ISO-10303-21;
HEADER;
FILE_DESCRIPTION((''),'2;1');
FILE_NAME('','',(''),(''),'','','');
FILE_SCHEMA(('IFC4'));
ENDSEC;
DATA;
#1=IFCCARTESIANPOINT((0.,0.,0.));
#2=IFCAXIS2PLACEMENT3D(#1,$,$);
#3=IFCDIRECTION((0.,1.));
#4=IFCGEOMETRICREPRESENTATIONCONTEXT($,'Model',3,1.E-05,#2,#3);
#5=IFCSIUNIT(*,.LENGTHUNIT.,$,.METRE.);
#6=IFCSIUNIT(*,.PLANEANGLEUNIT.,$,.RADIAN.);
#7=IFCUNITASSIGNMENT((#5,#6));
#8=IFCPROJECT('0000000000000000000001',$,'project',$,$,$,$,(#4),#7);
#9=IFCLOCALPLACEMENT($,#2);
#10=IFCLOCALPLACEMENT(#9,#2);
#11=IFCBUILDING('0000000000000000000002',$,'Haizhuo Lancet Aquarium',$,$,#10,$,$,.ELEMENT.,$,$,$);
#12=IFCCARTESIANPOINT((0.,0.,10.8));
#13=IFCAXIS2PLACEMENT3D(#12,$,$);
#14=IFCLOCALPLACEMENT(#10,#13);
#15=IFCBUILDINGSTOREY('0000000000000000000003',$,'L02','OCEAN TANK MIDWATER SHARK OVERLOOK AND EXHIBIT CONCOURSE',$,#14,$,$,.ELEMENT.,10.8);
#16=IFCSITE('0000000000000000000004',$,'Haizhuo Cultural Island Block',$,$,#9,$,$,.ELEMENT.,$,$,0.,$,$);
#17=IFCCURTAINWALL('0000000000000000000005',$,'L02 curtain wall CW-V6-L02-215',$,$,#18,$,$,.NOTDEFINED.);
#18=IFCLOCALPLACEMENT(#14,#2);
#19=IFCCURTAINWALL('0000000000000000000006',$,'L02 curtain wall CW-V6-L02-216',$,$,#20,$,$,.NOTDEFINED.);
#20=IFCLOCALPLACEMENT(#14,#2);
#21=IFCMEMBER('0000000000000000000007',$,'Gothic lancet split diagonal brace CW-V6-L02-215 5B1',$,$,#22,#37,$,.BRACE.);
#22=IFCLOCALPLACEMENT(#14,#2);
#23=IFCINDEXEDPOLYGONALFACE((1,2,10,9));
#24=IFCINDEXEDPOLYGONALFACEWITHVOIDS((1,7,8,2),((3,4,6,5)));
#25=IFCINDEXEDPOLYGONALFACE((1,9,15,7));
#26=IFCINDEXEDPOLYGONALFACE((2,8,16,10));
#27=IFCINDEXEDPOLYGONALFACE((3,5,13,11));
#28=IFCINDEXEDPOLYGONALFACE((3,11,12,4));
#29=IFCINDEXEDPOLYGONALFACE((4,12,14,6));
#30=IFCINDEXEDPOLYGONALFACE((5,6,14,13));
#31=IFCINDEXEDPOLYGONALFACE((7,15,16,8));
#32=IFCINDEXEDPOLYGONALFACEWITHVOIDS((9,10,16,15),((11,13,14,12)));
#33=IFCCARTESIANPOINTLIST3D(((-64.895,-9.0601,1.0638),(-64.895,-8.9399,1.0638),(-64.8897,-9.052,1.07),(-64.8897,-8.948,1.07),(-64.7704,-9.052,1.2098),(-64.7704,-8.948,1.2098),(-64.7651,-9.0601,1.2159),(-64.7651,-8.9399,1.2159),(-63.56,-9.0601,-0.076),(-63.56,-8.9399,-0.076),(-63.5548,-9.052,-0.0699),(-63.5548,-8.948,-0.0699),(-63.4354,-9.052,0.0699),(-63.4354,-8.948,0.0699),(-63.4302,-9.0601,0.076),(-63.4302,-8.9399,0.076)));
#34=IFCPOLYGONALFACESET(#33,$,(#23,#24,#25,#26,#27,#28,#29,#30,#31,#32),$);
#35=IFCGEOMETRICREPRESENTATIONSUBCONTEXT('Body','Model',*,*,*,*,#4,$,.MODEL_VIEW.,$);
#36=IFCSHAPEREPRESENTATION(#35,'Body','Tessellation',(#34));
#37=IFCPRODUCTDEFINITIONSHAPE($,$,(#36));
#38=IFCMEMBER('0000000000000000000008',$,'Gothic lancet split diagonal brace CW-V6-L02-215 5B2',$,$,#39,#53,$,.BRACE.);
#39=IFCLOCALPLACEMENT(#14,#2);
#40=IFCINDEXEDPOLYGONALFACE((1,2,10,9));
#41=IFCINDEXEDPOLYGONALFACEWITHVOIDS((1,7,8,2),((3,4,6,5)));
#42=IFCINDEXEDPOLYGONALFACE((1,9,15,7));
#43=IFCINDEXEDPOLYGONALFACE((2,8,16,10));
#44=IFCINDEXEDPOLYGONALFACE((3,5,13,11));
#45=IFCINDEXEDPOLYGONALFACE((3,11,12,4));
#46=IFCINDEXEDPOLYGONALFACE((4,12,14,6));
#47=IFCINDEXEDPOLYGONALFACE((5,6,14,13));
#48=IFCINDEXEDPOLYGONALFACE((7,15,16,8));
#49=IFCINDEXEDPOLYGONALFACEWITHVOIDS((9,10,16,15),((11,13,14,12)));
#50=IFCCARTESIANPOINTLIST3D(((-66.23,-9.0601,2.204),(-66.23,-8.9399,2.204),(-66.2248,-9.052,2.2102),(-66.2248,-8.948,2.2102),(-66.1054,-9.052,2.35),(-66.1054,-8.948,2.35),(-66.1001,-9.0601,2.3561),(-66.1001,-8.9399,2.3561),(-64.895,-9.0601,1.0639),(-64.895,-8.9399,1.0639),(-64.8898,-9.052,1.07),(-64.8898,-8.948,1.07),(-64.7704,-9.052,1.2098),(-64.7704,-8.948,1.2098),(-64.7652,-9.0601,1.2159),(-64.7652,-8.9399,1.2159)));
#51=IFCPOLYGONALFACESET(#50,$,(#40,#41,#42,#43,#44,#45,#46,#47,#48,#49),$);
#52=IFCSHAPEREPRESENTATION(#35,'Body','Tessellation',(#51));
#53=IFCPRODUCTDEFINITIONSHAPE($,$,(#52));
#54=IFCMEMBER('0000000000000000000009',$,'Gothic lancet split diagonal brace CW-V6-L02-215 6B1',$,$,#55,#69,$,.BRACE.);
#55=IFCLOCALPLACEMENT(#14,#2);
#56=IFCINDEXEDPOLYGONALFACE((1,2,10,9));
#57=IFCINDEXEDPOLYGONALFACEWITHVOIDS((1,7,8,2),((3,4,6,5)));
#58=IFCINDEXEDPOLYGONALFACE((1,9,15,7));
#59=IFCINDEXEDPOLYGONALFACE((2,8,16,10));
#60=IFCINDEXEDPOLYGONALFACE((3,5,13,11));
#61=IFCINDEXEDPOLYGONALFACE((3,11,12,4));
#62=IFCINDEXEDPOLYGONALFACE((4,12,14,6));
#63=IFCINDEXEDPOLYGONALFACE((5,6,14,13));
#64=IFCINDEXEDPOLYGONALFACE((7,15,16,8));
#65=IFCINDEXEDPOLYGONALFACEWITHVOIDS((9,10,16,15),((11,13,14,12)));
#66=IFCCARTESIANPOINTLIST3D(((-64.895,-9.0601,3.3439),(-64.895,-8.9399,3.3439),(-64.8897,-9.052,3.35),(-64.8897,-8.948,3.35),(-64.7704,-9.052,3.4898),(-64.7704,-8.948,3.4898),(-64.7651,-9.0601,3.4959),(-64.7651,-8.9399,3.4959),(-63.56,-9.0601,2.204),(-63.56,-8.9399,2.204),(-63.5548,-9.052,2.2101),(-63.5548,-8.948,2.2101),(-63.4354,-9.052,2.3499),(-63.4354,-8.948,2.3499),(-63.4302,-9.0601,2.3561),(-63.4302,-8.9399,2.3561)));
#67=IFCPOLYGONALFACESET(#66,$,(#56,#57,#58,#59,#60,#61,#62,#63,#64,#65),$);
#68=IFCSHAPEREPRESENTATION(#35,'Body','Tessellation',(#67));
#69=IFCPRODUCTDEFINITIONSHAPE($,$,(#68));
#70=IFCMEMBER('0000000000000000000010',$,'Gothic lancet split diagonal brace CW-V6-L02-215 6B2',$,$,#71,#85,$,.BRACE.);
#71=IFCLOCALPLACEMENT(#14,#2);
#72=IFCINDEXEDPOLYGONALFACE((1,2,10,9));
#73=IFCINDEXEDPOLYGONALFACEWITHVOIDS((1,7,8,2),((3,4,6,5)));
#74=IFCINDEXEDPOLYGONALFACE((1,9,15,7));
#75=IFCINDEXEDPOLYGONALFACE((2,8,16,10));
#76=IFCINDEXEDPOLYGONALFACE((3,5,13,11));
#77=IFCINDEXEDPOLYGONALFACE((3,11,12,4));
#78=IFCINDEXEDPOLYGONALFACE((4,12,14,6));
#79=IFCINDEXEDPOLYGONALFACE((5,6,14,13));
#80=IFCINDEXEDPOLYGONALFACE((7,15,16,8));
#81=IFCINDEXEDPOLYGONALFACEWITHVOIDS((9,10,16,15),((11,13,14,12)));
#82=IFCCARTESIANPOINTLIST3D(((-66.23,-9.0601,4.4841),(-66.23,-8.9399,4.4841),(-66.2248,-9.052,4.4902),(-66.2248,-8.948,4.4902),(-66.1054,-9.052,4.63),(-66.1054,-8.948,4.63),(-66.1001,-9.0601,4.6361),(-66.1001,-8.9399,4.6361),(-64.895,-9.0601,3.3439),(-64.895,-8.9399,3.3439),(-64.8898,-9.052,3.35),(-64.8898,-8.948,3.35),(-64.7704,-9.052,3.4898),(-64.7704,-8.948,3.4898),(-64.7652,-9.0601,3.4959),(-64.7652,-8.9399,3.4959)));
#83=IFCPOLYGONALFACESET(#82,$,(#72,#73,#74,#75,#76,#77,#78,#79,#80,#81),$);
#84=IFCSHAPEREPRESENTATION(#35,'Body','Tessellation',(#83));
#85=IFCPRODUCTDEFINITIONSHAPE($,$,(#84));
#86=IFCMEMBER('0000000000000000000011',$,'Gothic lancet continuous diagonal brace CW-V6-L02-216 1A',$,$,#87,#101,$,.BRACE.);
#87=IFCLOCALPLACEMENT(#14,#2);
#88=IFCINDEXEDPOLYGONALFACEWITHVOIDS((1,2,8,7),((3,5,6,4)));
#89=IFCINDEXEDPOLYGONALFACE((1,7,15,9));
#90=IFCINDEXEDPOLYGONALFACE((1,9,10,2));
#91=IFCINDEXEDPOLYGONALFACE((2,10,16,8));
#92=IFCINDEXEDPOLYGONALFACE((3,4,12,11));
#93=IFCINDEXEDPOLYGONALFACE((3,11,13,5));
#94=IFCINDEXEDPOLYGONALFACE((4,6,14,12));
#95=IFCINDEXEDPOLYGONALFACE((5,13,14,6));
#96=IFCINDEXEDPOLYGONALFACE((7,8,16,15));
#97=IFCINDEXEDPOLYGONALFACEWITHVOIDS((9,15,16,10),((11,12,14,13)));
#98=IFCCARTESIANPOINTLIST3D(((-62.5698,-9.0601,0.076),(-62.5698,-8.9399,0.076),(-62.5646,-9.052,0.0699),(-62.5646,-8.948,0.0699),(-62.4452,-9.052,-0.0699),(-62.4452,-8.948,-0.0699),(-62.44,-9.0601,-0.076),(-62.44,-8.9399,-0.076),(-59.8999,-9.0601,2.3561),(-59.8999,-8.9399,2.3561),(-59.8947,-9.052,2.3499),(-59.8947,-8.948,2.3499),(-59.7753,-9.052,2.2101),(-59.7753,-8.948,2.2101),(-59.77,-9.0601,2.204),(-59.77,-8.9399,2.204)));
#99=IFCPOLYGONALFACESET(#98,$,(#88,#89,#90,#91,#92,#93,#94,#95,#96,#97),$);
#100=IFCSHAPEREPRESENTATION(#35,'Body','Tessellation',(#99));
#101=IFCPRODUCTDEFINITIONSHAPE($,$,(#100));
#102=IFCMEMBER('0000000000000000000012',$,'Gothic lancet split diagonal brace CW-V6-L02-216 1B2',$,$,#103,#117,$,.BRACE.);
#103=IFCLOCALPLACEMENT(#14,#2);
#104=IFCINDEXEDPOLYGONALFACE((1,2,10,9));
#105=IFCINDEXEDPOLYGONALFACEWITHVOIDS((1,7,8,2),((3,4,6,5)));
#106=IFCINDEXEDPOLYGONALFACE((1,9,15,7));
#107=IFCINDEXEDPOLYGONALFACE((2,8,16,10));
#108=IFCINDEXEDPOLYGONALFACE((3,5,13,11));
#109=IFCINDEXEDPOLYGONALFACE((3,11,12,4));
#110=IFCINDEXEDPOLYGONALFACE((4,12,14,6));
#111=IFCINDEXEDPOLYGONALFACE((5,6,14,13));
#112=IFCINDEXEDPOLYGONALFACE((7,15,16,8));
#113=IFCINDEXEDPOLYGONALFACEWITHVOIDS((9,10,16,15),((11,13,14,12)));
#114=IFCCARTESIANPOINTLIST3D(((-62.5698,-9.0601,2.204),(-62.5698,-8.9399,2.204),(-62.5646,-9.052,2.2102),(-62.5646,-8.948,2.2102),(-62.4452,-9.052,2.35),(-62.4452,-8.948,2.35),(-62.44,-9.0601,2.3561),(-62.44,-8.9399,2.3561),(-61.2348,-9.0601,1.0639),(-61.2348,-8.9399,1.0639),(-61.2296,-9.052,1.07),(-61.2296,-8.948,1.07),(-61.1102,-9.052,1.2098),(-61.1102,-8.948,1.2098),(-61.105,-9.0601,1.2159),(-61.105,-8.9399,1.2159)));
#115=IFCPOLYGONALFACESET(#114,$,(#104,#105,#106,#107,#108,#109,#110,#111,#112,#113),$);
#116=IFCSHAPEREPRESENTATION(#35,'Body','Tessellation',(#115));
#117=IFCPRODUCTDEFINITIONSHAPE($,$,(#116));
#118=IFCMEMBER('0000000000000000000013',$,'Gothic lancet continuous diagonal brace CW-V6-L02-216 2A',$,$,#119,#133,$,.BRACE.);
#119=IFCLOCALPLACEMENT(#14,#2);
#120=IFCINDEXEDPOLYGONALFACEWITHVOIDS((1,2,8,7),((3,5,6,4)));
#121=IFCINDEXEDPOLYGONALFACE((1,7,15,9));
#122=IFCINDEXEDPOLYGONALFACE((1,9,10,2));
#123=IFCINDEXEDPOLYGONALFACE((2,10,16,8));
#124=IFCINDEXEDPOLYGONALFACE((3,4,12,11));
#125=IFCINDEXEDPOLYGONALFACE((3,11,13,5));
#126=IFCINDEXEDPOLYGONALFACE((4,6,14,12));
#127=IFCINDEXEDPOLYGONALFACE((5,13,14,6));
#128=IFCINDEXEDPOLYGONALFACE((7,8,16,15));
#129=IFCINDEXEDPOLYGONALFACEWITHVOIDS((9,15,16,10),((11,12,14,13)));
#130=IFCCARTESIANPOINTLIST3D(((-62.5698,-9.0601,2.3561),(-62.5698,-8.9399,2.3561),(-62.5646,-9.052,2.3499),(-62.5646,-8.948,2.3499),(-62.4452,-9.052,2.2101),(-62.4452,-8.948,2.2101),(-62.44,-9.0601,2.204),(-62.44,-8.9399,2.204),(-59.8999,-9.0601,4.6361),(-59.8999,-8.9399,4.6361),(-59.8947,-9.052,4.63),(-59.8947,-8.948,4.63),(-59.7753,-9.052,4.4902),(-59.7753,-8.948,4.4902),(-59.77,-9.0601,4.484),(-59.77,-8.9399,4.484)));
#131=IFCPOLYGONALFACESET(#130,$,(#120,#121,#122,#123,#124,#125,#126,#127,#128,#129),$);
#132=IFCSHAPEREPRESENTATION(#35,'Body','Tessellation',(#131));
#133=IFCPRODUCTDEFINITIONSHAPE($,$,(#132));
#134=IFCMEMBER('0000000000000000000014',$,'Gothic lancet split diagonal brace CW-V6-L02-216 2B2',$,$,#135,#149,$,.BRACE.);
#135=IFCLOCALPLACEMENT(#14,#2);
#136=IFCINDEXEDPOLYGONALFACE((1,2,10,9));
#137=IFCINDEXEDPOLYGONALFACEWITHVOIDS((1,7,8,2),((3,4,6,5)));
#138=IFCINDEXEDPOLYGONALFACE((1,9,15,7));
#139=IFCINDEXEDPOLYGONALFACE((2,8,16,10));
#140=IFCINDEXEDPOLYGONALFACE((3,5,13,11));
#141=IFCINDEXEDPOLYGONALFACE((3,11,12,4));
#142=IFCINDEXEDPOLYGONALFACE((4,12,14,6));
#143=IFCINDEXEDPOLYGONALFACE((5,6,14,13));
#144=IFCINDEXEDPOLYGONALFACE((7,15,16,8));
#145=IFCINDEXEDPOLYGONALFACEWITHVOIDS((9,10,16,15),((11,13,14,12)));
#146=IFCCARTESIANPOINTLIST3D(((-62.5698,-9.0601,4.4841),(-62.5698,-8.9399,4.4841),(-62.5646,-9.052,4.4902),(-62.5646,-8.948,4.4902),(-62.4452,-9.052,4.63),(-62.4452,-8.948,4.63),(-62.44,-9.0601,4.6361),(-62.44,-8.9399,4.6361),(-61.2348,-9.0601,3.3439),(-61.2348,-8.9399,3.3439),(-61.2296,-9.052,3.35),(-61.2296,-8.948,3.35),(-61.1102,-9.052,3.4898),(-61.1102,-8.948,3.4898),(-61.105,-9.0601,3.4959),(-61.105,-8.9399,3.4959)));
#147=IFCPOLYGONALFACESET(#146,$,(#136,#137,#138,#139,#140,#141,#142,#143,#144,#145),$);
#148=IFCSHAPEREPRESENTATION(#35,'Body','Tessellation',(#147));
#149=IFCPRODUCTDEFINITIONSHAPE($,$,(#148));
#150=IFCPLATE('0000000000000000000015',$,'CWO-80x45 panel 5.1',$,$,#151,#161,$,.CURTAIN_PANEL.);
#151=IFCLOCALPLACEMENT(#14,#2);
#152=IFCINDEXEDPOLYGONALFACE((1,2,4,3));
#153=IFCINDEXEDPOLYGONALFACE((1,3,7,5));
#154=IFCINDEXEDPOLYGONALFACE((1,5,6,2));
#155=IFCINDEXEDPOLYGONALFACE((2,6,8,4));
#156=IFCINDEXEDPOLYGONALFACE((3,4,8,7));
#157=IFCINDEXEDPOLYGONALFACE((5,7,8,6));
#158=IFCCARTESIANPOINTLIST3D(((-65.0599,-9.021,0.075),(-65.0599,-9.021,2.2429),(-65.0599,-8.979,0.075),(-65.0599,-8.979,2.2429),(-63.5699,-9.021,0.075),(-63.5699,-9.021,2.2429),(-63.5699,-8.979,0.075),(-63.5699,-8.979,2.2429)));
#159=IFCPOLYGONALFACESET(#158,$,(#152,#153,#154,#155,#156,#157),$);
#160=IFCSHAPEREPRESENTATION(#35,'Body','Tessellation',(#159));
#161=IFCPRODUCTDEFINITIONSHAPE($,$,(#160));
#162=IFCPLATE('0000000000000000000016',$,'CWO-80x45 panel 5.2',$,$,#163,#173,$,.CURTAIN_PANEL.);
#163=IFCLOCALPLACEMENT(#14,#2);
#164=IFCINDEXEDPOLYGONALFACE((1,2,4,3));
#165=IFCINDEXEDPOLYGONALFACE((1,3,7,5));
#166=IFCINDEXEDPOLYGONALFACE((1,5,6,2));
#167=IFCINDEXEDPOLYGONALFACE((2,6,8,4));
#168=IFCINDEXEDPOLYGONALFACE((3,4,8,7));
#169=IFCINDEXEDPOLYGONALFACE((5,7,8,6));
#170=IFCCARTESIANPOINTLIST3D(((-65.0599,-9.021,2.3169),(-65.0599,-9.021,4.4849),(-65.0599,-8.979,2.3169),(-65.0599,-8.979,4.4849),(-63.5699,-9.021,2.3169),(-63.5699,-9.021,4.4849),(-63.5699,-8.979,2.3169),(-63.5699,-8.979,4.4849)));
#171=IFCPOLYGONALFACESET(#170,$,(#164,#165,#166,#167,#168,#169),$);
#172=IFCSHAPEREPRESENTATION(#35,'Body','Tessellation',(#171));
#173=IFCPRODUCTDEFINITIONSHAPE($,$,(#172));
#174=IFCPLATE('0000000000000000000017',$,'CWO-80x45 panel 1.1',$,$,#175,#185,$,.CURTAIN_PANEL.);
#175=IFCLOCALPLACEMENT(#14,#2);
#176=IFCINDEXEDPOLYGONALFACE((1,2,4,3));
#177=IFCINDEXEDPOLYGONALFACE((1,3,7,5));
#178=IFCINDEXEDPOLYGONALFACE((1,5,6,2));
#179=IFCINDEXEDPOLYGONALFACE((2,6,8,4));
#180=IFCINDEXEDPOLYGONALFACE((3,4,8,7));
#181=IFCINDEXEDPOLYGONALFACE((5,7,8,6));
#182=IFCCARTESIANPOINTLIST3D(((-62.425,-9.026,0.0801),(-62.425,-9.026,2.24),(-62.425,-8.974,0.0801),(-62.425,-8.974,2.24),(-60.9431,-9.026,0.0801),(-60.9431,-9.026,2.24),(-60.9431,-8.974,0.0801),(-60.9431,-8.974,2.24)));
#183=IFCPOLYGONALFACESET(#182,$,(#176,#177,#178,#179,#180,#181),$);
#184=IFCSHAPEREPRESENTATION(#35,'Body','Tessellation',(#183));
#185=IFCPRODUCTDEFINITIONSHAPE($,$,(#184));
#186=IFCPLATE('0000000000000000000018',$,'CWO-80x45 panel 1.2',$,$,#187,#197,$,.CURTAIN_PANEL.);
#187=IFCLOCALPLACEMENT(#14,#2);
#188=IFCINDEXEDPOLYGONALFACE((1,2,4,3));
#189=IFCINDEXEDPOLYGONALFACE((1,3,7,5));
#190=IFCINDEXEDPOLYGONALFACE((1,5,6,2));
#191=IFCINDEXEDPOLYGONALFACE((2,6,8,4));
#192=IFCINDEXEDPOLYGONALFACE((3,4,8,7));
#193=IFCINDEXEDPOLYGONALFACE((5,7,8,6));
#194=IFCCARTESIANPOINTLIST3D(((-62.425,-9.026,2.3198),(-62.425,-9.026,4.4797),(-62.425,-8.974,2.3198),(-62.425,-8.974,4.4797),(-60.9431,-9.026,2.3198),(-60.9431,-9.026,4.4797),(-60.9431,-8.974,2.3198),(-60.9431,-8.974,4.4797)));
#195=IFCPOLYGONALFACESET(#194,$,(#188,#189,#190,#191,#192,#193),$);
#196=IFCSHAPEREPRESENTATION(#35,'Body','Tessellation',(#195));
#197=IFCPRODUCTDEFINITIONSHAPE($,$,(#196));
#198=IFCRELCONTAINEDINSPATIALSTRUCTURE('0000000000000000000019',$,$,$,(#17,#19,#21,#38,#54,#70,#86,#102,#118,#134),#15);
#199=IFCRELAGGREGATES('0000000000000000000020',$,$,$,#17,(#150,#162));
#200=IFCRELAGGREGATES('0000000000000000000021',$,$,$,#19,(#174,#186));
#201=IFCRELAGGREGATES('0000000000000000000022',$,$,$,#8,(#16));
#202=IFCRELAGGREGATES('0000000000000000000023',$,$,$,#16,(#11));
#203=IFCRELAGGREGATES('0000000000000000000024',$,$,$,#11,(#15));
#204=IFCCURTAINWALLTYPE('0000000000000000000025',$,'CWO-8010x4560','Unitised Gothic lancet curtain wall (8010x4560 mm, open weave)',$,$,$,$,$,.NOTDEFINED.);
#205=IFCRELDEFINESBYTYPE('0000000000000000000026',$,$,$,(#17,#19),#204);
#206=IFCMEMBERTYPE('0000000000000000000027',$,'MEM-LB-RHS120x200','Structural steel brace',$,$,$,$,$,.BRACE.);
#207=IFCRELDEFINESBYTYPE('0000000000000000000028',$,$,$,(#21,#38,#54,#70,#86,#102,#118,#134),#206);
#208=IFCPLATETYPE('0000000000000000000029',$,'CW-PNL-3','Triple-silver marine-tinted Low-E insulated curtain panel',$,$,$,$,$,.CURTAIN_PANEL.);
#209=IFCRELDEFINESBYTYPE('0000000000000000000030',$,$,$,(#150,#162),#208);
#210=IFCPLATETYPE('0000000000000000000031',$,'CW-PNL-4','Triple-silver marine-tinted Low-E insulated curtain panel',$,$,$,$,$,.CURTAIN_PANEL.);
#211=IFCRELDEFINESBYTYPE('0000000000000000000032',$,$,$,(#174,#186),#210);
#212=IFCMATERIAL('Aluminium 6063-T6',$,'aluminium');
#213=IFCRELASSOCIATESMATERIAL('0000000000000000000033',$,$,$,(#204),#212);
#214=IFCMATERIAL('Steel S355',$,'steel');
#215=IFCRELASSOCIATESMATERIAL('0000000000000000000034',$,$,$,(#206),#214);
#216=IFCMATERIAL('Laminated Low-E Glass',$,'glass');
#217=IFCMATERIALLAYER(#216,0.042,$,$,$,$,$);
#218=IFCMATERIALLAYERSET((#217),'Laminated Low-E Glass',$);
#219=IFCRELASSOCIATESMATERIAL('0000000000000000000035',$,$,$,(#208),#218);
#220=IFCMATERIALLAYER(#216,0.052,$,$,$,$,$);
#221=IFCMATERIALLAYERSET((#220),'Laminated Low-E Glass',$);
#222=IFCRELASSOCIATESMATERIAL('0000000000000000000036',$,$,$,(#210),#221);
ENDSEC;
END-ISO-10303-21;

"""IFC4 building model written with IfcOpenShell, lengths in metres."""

from ifc_helpers import new_model, si_unit, direction, frame, origin, origin_2d, place, context, subcontext, project, spatial, rectangle, hollow_rectangle, extrude, material, layer, layer_set, material_profile, profile_set, type_object, element, aggregate, save


model = new_model("IFC4")

# Units and contexts
model_context = context("Model", 3, precision=1e-05, world=origin(), true_north=direction((0.0, 1.0)))
body_context = subcontext(model_context, "Body", "Model", "MODEL_VIEW")
ifc_project = project(units=[si_unit("LENGTHUNIT", "METRE"), si_unit("PLANEANGLEUNIT", "RADIAN")], contexts=[model_context])

# Site, building, storey
site_placement = place(None, origin())
site = spatial("IfcSite", under=ifc_project, at=site_placement, Name="Haizhuo Cultural Island Block", CompositionType="ELEMENT", RefElevation=0.0)
building_placement = place(site_placement, origin())
building = spatial("IfcBuilding", under=site, at=building_placement, Name="Haizhuo Lancet Aquarium", CompositionType="ELEMENT")
storey_placement = place(building_placement, frame((0.0, 0.0, 10.8)))
storey = spatial("IfcBuildingStorey", under=building, at=storey_placement, Name="L02", Description="OCEAN TANK MIDWATER SHARK OVERLOOK AND EXHIBIT CONCOURSE", CompositionType="ELEMENT", Elevation=10.8)

# Shared definitions
ifc_material_1 = material(Name="Steel S355", Category="steel")

# Curtain walls
ifc_material_2 = material(Name="Aluminium 6063-T6", Category="aluminium")
curtain_wall_type = type_object("IfcCurtainWallType", Name="CWO-8010x4560", Description="Unitised Gothic lancet curtain wall (8010x4560 mm, open weave)", PredefinedType="NOTDEFINED", material=ifc_material_2)
curtain_wall_1_placement = place(storey_placement, origin())
curtain_wall_1 = element("IfcCurtainWall", 1, at=curtain_wall_1_placement, inside=storey, type_object=curtain_wall_type, Name="L02 curtain wall CW-V6-L02-215", PredefinedType="NOTDEFINED")
curtain_wall_2_placement = place(storey_placement, origin())
curtain_wall_2 = element("IfcCurtainWall", 2, at=curtain_wall_2_placement, inside=storey, type_object=curtain_wall_type, Name="L02 curtain wall CW-V6-L02-216", PredefinedType="NOTDEFINED")

# Members
ifc_material_profile_1 = material_profile(ifc_material_1, hollow_rectangle(XDim=0.1201, YDim=0.2, WallThickness=0.0081, at=origin_2d()), Name="RHS 120x200x8")
ifc_profile_set_1 = profile_set([ifc_material_profile_1], Name="Steel S355")
member_type_1 = type_object("IfcMemberType", Name="MEM-LB-RHS120x200", Description="Structural steel brace", PredefinedType="BRACE", material=ifc_profile_set_1)
member_1_placement = place(storey_placement, frame((-63.4951, -9.0, 0.0), z_axis=(-0.760482, 0.0, 0.649359), x_axis=(0.0, -1.0, 0.0)))
element("IfcMember", 3, at=member_1_placement, inside=storey, type_object=member_type_1, Name="Gothic lancet split diagonal brace CW-V6-L02-215 5B1", PredefinedType="BRACE", context=body_context, shape_type="SweptSolid", body=[
    extrude(hollow_rectangle(XDim=0.1201, YDim=0.2, WallThickness=0.0081, at=origin_2d()), origin(), (0.0, 0.0, 1.0), 1.7554),
])
member_2_placement = place(storey_placement, frame((-64.8301, -9.0, 1.1399), z_axis=(-0.760414, 0.0, 0.649439), x_axis=(0.0, -1.0, 0.0)))
element("IfcMember", 4, at=member_2_placement, inside=storey, type_object=member_type_1, Name="Gothic lancet split diagonal brace CW-V6-L02-215 5B2", PredefinedType="BRACE", context=body_context, shape_type="SweptSolid", body=[
    extrude(hollow_rectangle(XDim=0.1201, YDim=0.2, WallThickness=0.0081, at=origin_2d()), origin(), (0.0, 0.0, 1.0), 1.7556),
])
member_3_placement = place(storey_placement, frame((-63.4951, -9.0, 2.28), z_axis=(-0.760482, 0.0, 0.649359), x_axis=(0.0, -1.0, 0.0)))
element("IfcMember", 5, at=member_3_placement, inside=storey, type_object=member_type_1, Name="Gothic lancet split diagonal brace CW-V6-L02-215 6B1", PredefinedType="BRACE", context=body_context, shape_type="SweptSolid", body=[
    extrude(hollow_rectangle(XDim=0.1201, YDim=0.2, WallThickness=0.0081, at=origin_2d()), origin(), (0.0, 0.0, 1.0), 1.7554),
])
member_4_placement = place(storey_placement, frame((-64.8301, -9.0, 3.4199), z_axis=(-0.760414, 0.0, 0.649439), x_axis=(0.0, -1.0, 0.0)))
element("IfcMember", 6, at=member_4_placement, inside=storey, type_object=member_type_1, Name="Gothic lancet split diagonal brace CW-V6-L02-215 6B2", PredefinedType="BRACE", context=body_context, shape_type="SweptSolid", body=[
    extrude(hollow_rectangle(XDim=0.1201, YDim=0.2, WallThickness=0.0081, at=origin_2d()), origin(), (0.0, 0.0, 1.0), 1.7556),
])
member_5_placement = place(storey_placement, frame((-62.5049, -9.0, 0.0), z_axis=(0.760448, 0.0, 0.649399), x_axis=(0.0, 1.0, 0.0)))
element("IfcMember", 7, at=member_5_placement, inside=storey, type_object=member_type_1, Name="Gothic lancet continuous diagonal brace CW-V6-L02-216 1A", PredefinedType="BRACE", context=body_context, shape_type="SweptSolid", body=[
    extrude(hollow_rectangle(XDim=0.1201, YDim=0.2, WallThickness=0.0081, at=origin_2d()), origin(), (0.0, 0.0, 1.0), 3.511),
])
member_6_placement = place(storey_placement, frame((-61.1699, -9.0, 1.1399), z_axis=(-0.760414, 0.0, 0.649439), x_axis=(0.0, -1.0, 0.0)))
element("IfcMember", 8, at=member_6_placement, inside=storey, type_object=member_type_1, Name="Gothic lancet split diagonal brace CW-V6-L02-216 1B2", PredefinedType="BRACE", context=body_context, shape_type="SweptSolid", body=[
    extrude(hollow_rectangle(XDim=0.1201, YDim=0.2, WallThickness=0.0081, at=origin_2d()), origin(), (0.0, 0.0, 1.0), 1.7556),
])
member_7_placement = place(storey_placement, frame((-62.5049, -9.0, 2.28), z_axis=(0.760448, 0.0, 0.649399), x_axis=(0.0, 1.0, 0.0)))
element("IfcMember", 9, at=member_7_placement, inside=storey, type_object=member_type_1, Name="Gothic lancet continuous diagonal brace CW-V6-L02-216 2A", PredefinedType="BRACE", context=body_context, shape_type="SweptSolid", body=[
    extrude(hollow_rectangle(XDim=0.1201, YDim=0.2, WallThickness=0.0081, at=origin_2d()), origin(), (0.0, 0.0, 1.0), 3.511),
])
member_8_placement = place(storey_placement, frame((-61.1699, -9.0, 3.4199), z_axis=(-0.760414, 0.0, 0.649439), x_axis=(0.0, -1.0, 0.0)))
element("IfcMember", 10, at=member_8_placement, inside=storey, type_object=member_type_1, Name="Gothic lancet split diagonal brace CW-V6-L02-216 2B2", PredefinedType="BRACE", context=body_context, shape_type="SweptSolid", body=[
    extrude(hollow_rectangle(XDim=0.1201, YDim=0.2, WallThickness=0.0081, at=origin_2d()), origin(), (0.0, 0.0, 1.0), 1.7556),
])

# Plates
ifc_material_3 = material(Name="Laminated Low-E Glass", Category="glass")
ifc_layer_1 = layer(ifc_material_3, 0.042)
ifc_layer_set_1 = layer_set([ifc_layer_1], Name="Laminated Low-E Glass")
plate_type_1 = type_object("IfcPlateType", Name="CW-PNL-3", Description="Triple-silver marine-tinted Low-E insulated curtain panel", PredefinedType="CURTAIN_PANEL", material=ifc_layer_set_1)
plate_1_placement = place(storey_placement, frame((-64.3149, -9.0, 0.075), z_axis=(0.0, 0.0, 1.0), x_axis=(1.0, 0.0, 0.0)))
plate_1 = element("IfcPlate", 11, at=plate_1_placement, type_object=plate_type_1, Name="CWO-80x45 panel 5.1", PredefinedType="CURTAIN_PANEL", context=body_context, shape_type="SweptSolid", body=[
    extrude(rectangle(XDim=1.49, YDim=0.042, at=origin_2d()), origin(), (0.0, 0.0, 1.0), 2.168),
])
plate_2_placement = place(storey_placement, frame((-64.3149, -9.0, 2.3169), z_axis=(0.0, 0.0, 1.0), x_axis=(1.0, 0.0, 0.0)))
plate_2 = element("IfcPlate", 12, at=plate_2_placement, type_object=plate_type_1, Name="CWO-80x45 panel 5.2", PredefinedType="CURTAIN_PANEL", context=body_context, shape_type="SweptSolid", body=[
    extrude(rectangle(XDim=1.49, YDim=0.042, at=origin_2d()), origin(), (0.0, 0.0, 1.0), 2.168),
])
aggregate(curtain_wall_1, [plate_1, plate_2])
ifc_layer_2 = layer(ifc_material_3, 0.052)
ifc_layer_set_2 = layer_set([ifc_layer_2], Name="Laminated Low-E Glass")
plate_type_2 = type_object("IfcPlateType", Name="CW-PNL-4", Description="Triple-silver marine-tinted Low-E insulated curtain panel", PredefinedType="CURTAIN_PANEL", material=ifc_layer_set_2)
plate_3_placement = place(storey_placement, frame((-61.6841, -9.0, 0.0801), z_axis=(0.0, 0.0, 1.0), x_axis=(1.0, 0.0, 0.0)))
plate_3 = element("IfcPlate", 13, at=plate_3_placement, type_object=plate_type_2, Name="CWO-80x45 panel 1.1", PredefinedType="CURTAIN_PANEL", context=body_context, shape_type="SweptSolid", body=[
    extrude(rectangle(XDim=1.4819, YDim=0.052, at=origin_2d()), origin(), (0.0, 0.0, 1.0), 2.1599),
])
plate_4_placement = place(storey_placement, frame((-61.6841, -9.0, 2.3198), z_axis=(0.0, 0.0, 1.0), x_axis=(1.0, 0.0, 0.0)))
plate_4 = element("IfcPlate", 14, at=plate_4_placement, type_object=plate_type_2, Name="CWO-80x45 panel 1.2", PredefinedType="CURTAIN_PANEL", context=body_context, shape_type="SweptSolid", body=[
    extrude(rectangle(XDim=1.4819, YDim=0.052, at=origin_2d()), origin(), (0.0, 0.0, 1.0), 2.1599),
])
aggregate(curtain_wall_2, [plate_3, plate_4])

save(model, "model.ifc")
